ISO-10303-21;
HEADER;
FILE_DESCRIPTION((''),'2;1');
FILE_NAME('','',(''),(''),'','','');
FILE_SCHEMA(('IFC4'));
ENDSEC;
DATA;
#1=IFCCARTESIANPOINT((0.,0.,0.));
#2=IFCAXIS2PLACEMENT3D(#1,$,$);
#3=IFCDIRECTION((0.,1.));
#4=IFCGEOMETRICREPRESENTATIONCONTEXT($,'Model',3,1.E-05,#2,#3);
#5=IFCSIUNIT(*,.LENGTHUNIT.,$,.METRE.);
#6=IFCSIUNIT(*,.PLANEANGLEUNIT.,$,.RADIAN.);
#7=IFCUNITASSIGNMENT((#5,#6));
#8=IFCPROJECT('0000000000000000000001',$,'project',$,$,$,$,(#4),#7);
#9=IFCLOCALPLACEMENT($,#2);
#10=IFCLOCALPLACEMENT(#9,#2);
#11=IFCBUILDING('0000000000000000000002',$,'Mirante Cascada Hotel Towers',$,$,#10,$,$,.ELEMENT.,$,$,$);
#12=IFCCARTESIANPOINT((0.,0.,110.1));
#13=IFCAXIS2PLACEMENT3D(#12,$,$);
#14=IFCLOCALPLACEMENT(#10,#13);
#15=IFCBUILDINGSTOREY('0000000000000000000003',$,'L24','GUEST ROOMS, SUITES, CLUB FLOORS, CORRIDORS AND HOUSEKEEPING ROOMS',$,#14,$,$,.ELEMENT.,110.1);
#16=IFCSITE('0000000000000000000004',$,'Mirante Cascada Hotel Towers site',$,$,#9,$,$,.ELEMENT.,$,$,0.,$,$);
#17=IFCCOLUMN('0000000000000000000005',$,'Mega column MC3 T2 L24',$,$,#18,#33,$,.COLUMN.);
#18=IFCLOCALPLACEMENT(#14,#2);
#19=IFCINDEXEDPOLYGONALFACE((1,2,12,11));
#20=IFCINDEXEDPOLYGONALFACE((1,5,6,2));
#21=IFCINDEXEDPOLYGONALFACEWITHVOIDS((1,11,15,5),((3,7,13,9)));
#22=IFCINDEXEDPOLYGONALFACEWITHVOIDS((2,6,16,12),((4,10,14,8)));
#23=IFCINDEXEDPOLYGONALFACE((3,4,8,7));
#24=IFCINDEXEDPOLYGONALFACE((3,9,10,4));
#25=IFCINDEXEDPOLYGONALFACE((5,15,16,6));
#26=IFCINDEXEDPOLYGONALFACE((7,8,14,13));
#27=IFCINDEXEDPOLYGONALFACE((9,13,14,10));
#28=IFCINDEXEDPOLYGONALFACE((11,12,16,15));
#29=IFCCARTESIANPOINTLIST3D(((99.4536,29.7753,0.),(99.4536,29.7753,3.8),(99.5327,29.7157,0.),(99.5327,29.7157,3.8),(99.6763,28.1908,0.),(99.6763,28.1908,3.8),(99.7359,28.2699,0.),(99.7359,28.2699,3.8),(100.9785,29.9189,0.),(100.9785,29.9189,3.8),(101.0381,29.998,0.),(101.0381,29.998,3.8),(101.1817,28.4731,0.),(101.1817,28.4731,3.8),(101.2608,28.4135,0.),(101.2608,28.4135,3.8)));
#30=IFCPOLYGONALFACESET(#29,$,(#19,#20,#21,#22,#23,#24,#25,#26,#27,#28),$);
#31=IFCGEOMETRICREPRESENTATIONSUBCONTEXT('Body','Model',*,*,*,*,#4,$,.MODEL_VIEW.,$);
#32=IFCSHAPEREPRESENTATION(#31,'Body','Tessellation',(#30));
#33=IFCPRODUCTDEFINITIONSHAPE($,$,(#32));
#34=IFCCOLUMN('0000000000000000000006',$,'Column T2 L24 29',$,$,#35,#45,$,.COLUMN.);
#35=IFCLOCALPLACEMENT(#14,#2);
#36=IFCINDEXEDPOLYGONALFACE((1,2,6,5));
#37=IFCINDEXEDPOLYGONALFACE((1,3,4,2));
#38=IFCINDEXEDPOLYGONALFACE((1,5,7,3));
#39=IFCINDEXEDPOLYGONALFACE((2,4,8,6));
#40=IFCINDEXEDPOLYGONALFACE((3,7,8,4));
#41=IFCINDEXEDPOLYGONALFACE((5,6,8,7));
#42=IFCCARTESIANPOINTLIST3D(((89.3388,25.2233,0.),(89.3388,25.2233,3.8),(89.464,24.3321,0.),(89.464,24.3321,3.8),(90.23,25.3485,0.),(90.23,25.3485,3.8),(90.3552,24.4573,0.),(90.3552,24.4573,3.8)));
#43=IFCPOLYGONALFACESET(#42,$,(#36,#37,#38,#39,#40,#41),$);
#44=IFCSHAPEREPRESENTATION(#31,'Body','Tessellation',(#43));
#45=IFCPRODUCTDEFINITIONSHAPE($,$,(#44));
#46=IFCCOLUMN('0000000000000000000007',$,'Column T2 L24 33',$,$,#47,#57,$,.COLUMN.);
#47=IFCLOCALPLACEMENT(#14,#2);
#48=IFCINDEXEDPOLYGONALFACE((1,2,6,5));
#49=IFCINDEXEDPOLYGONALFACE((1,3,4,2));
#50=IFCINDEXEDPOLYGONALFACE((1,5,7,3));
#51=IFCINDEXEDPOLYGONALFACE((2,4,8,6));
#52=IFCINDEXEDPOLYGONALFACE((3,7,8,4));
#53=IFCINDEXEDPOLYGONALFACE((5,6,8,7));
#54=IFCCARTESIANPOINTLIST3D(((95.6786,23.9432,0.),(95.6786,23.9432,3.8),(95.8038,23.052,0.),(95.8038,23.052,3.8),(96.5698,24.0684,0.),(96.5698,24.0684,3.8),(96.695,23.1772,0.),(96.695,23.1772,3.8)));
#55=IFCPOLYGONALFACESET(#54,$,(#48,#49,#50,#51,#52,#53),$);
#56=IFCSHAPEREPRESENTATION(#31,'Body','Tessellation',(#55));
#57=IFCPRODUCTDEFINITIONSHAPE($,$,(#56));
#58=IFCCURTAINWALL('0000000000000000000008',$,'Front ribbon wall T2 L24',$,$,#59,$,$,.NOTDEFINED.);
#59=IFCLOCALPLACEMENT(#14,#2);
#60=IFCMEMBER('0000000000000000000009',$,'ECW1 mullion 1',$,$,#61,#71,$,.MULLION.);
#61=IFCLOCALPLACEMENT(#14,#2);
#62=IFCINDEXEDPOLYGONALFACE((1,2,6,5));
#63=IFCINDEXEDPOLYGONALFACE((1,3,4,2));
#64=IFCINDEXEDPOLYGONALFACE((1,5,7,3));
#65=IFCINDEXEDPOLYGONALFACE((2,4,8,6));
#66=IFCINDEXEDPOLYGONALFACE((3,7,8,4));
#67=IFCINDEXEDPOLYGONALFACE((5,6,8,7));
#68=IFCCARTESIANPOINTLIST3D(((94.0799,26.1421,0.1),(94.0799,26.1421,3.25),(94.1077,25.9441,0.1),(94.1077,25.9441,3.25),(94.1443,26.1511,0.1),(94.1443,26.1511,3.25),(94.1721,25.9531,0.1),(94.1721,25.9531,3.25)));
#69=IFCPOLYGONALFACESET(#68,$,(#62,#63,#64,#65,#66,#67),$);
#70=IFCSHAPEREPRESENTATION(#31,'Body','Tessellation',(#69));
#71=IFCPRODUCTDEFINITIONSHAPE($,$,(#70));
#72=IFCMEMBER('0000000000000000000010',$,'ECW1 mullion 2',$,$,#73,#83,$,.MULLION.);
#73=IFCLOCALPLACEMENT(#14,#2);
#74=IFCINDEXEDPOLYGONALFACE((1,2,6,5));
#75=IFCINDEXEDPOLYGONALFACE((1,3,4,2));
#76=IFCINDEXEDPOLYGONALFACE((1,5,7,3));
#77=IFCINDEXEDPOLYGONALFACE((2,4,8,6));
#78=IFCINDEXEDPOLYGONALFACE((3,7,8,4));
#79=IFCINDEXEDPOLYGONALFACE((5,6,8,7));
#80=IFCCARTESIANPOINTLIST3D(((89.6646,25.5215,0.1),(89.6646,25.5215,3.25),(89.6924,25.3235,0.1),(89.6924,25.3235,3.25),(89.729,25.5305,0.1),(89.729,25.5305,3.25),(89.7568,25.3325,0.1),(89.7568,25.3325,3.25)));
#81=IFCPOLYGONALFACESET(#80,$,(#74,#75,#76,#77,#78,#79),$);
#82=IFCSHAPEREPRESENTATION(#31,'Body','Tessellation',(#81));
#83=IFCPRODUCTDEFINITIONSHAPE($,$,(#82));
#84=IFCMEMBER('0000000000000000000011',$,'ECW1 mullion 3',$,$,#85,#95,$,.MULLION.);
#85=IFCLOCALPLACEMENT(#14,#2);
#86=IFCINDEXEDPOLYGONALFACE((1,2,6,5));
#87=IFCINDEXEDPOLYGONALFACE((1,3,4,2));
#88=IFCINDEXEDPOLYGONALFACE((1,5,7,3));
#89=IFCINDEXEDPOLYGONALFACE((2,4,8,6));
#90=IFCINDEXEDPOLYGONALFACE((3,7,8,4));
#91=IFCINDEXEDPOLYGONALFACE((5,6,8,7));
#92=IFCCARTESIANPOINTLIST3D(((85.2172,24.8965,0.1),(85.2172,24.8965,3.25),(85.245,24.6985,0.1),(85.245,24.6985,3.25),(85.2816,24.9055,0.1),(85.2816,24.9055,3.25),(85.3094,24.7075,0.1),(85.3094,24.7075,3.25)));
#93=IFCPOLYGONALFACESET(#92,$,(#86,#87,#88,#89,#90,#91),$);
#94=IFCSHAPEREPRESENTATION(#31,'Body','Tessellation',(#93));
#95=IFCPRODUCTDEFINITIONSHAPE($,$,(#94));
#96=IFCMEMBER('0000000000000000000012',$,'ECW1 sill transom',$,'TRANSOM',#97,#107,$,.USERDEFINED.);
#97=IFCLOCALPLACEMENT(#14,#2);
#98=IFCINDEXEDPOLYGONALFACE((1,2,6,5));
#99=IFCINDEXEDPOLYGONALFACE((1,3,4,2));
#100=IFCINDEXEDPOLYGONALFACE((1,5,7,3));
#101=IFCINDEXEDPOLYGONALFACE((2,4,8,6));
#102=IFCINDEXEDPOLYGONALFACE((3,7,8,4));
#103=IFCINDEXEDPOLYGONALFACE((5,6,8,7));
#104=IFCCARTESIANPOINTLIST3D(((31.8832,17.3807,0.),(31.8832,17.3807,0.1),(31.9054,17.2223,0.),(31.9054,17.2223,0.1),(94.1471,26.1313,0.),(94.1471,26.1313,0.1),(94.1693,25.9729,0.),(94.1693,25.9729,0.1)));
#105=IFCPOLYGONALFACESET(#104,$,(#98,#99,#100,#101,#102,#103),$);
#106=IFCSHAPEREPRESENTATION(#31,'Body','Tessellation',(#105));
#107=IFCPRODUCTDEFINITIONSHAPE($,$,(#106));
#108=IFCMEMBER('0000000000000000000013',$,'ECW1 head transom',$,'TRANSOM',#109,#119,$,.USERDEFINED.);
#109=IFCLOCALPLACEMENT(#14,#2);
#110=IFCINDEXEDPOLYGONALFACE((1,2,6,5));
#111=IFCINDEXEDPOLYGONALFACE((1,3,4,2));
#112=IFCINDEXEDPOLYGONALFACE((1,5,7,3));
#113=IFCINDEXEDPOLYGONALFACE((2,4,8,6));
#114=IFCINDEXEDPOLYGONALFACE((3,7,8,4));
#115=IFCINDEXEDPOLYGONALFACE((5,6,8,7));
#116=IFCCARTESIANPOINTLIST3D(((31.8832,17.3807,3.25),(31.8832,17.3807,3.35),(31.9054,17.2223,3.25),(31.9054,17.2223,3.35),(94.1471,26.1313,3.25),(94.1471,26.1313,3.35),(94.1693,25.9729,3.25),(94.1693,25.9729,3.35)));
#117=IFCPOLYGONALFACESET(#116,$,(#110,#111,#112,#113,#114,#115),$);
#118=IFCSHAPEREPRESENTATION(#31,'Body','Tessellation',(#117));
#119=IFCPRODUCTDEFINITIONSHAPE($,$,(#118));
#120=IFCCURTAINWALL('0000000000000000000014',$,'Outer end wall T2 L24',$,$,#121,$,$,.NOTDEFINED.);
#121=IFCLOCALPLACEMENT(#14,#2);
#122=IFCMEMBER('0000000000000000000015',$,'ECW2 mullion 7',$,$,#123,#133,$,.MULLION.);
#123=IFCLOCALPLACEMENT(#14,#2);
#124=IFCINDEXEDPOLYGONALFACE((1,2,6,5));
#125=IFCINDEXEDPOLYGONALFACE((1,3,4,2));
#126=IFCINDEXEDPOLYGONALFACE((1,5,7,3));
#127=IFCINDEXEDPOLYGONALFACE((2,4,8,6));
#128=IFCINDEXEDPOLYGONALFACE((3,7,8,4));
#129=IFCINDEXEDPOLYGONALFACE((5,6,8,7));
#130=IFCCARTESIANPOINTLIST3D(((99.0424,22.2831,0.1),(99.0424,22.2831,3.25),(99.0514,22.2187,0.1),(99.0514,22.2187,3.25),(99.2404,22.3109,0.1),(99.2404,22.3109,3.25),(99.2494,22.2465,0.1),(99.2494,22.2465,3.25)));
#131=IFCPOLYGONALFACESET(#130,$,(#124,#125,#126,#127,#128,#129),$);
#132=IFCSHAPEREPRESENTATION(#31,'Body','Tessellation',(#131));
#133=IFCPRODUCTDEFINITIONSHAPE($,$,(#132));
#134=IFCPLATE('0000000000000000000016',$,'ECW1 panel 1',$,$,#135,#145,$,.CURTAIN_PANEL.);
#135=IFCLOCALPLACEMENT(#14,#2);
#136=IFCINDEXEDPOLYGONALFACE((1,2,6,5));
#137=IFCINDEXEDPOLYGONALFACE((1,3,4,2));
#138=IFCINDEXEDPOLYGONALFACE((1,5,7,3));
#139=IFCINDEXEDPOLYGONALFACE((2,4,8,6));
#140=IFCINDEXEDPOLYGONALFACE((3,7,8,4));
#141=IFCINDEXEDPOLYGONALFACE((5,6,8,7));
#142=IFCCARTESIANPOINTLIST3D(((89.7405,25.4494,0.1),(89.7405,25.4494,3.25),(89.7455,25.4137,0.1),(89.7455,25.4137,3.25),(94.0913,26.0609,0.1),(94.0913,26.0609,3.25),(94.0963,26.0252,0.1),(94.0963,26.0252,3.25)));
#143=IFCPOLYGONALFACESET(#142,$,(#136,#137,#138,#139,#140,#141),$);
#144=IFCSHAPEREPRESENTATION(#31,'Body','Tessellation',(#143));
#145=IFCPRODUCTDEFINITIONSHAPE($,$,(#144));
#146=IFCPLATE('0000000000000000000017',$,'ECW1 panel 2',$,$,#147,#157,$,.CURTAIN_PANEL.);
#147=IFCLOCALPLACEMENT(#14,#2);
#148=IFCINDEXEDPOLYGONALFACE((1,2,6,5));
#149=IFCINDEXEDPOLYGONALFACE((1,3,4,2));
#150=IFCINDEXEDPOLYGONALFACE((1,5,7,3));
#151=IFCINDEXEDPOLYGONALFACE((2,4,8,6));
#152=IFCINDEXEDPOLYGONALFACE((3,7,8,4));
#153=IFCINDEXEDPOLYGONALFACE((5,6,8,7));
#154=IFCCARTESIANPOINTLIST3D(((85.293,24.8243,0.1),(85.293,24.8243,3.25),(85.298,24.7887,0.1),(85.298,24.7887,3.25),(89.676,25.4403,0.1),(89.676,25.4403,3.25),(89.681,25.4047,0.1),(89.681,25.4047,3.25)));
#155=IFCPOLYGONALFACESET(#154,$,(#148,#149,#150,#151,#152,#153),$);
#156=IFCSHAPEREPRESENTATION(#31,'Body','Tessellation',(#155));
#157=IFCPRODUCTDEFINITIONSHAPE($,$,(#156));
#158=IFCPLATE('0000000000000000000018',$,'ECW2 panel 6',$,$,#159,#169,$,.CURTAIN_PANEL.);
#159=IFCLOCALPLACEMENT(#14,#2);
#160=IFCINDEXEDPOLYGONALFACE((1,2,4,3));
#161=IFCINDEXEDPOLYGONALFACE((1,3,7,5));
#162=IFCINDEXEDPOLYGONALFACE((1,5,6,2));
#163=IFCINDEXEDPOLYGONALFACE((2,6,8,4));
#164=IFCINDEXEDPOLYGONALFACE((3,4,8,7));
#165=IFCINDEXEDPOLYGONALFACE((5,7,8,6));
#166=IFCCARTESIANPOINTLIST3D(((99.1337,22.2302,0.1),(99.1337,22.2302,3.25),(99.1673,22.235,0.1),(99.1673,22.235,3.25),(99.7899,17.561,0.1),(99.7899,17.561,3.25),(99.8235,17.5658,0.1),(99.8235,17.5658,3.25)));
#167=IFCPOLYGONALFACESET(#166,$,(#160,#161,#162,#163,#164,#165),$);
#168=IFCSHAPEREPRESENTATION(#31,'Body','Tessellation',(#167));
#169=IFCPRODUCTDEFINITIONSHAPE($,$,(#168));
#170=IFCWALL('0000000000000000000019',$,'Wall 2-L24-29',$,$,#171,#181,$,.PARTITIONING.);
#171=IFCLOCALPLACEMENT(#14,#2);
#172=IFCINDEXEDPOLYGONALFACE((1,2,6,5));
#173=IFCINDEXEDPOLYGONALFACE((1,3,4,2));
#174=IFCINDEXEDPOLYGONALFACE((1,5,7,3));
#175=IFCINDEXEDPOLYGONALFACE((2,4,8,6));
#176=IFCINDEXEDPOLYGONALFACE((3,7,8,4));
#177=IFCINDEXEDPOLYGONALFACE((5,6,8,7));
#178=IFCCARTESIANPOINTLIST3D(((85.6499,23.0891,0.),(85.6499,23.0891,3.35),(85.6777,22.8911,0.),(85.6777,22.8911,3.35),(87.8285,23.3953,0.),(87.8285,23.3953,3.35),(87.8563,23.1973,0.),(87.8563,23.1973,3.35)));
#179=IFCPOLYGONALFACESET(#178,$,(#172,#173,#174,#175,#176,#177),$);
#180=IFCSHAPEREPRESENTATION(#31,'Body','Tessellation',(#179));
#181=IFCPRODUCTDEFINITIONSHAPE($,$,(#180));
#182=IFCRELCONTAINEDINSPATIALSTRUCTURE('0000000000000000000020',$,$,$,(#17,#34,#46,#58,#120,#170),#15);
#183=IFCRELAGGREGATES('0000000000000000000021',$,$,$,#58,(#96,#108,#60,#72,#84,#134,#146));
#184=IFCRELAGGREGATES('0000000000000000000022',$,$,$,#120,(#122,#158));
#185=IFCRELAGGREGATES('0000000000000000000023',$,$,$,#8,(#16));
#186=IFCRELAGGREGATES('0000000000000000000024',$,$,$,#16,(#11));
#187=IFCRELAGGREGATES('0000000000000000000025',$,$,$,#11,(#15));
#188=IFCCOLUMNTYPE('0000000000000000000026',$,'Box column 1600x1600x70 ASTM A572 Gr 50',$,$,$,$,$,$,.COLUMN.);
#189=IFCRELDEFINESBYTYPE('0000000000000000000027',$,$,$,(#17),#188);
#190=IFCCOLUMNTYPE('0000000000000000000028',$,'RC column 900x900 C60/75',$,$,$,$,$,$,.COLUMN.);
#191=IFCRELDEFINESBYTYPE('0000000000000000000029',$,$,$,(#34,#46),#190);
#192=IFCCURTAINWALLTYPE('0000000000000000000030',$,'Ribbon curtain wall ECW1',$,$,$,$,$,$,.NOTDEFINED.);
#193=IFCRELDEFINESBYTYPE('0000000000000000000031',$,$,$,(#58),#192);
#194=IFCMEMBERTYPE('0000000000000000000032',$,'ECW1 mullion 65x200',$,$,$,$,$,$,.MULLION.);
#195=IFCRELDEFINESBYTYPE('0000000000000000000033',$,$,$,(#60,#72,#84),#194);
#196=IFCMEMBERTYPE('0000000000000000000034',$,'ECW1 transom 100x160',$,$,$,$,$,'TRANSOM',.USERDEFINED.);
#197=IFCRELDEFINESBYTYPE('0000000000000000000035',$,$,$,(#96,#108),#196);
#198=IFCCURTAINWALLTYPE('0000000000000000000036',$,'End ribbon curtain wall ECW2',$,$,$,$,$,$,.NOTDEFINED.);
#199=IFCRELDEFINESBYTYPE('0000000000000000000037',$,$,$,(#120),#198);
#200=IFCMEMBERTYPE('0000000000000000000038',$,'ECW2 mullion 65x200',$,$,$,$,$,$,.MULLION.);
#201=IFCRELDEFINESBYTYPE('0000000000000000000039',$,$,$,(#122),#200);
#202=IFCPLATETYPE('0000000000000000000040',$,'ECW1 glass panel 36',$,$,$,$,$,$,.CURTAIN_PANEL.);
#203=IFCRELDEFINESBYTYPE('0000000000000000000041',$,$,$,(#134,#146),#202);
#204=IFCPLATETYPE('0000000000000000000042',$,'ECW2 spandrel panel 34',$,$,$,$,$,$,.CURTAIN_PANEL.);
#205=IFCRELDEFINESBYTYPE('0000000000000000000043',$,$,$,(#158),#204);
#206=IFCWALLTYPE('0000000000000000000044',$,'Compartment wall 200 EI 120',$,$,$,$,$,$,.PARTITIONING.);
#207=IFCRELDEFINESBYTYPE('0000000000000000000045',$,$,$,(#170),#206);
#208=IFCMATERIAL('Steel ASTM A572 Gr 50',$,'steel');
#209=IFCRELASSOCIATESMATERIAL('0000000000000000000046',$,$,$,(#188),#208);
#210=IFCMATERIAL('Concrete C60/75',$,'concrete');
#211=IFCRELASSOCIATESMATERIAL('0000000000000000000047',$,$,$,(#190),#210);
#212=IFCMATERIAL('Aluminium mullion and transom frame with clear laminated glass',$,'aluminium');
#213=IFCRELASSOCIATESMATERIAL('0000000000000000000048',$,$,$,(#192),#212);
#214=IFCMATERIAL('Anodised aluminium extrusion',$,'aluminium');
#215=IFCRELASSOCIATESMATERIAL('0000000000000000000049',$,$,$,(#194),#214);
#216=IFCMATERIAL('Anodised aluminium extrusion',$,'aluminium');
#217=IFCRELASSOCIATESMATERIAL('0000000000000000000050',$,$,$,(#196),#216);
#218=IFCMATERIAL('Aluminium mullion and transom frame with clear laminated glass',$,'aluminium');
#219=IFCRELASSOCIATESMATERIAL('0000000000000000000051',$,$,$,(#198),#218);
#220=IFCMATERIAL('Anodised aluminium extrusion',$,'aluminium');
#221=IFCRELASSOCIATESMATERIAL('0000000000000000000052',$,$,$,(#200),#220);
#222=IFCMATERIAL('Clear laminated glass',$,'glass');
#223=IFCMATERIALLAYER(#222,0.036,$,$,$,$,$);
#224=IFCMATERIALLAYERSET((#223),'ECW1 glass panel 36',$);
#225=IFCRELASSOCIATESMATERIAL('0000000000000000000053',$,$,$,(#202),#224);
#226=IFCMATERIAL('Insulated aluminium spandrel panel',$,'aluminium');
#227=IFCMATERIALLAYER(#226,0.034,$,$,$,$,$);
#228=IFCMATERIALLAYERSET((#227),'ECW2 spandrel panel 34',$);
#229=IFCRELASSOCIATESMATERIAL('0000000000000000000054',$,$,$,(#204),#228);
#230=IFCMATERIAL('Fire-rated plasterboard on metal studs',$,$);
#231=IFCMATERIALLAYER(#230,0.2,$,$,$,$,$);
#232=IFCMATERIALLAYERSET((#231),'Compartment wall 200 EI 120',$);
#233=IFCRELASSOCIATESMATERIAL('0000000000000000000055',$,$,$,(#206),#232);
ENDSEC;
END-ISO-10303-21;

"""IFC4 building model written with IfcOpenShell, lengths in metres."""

from ifc_helpers import new_model, si_unit, direction, frame, frame_2d, origin, origin_2d, place, context, subcontext, project, spatial, rectangle, hollow_rectangle, extrude, material, layer, layer_set, material_profile, profile_set, type_object, element, aggregate, save


model = new_model("IFC4")

# Units and contexts
model_context = context("Model", 3, precision=1e-05, world=origin(), true_north=direction((0.0, 1.0)))
body_context = subcontext(model_context, "Body", "Model", "MODEL_VIEW")
ifc_project = project(units=[si_unit("LENGTHUNIT", "METRE"), si_unit("PLANEANGLEUNIT", "RADIAN")], contexts=[model_context])

# Site, building, storey
site_placement = place(None, origin())
site = spatial("IfcSite", under=ifc_project, at=site_placement, Name="Mirante Cascada Hotel Towers site", CompositionType="ELEMENT", RefElevation=0.0)
building_placement = place(site_placement, origin())
building = spatial("IfcBuilding", under=site, at=building_placement, Name="Mirante Cascada Hotel Towers", CompositionType="ELEMENT")
storey_placement = place(building_placement, frame((0.0, 0.0, 110.1)))
storey = spatial("IfcBuildingStorey", under=building, at=storey_placement, Name="L24", Description="GUEST ROOMS, SUITES, CLUB FLOORS, CORRIDORS AND HOUSEKEEPING ROOMS", CompositionType="ELEMENT", Elevation=110.1)

# Columns
ifc_material_1 = material(Name="Steel ASTM A572 Gr 50", Category="steel")
ifc_material_profile_1 = material_profile(ifc_material_1, hollow_rectangle(XDim=1.6, YDim=1.6, WallThickness=0.07, at=origin_2d()), Name="Box column 1600x1600x70 ASTM A572 Gr 50")
ifc_profile_set_1 = profile_set([ifc_material_profile_1], Name="Steel ASTM A572 Gr 50")
column_type_1 = type_object("IfcColumnType", Name="Box column 1600x1600x70 ASTM A572 Gr 50", PredefinedType="COLUMN", material=ifc_profile_set_1)
column_placement = place(storey_placement, frame((100.3572, 29.0944, 0.0), z_axis=(0.0, 0.0, 1.0), x_axis=(0.990268, 0.139173, 0.0)))
element("IfcColumn", 1, at=column_placement, inside=storey, type_object=column_type_1, Name="Mega column MC3 T2 L24", PredefinedType="COLUMN", context=body_context, shape_type="SweptSolid", body=[
    extrude(hollow_rectangle(XDim=1.6, YDim=1.6, WallThickness=0.07, at=origin_2d()), origin(), (0.0, 0.0, 1.0), 3.8),
])
ifc_material_2 = material(Name="Concrete C60/75", Category="concrete")
ifc_material_profile_2 = material_profile(ifc_material_2, rectangle(XDim=0.9, YDim=0.9, at=origin_2d()), Name="RC column 900x900 C60/75")
ifc_profile_set_2 = profile_set([ifc_material_profile_2], Name="Concrete C60/75")
column_type_2 = type_object("IfcColumnType", Name="RC column 900x900 C60/75", PredefinedType="COLUMN", material=ifc_profile_set_2)
for number, where, z_axis, x_axis, name in (
    (2, (89.847, 24.8403, 0.0), (0.0, 0.0, 1.0), (0.990268, 0.139173, 0.0), "Column T2 L24 29"),
    (3, (96.1868, 23.5602, 0.0), (0.0, 0.0, 1.0), (0.990268, 0.139173, 0.0), "Column T2 L24 33"),
):
    element("IfcColumn", number, at=place(storey_placement, frame(where, z_axis=z_axis, x_axis=x_axis)), inside=storey, type_object=column_type_2, Name=name, PredefinedType="COLUMN", context=body_context, shape_type="SweptSolid", body=[
        extrude(rectangle(XDim=0.9, YDim=0.9, at=origin_2d()), origin(), (0.0, 0.0, 1.0), 3.8),
    ])

# Curtain wall, members
ifc_material_3 = material(Name="Aluminium mullion and transom frame with clear laminated glass", Category="aluminium")
curtain_wall_type_1 = type_object("IfcCurtainWallType", Name="Ribbon curtain wall ECW1", PredefinedType="NOTDEFINED", material=ifc_material_3)
curtain_wall_1_placement = place(storey_placement, origin())
curtain_wall_1 = element("IfcCurtainWall", 4, at=curtain_wall_1_placement, inside=storey, type_object=curtain_wall_type_1, Name="Front ribbon wall T2 L24", PredefinedType="NOTDEFINED")
ifc_material_4 = material(Name="Anodised aluminium extrusion", Category="aluminium")
ifc_material_profile_3 = material_profile(ifc_material_4, rectangle(XDim=0.2, YDim=0.065, at=origin_2d()), Name="ECW1 MULLION 65x200")
ifc_profile_set_3 = profile_set([ifc_material_profile_3], Name="Anodised aluminium extrusion")
member_type_1 = type_object("IfcMemberType", Name="ECW1 mullion 65x200", PredefinedType="MULLION", material=ifc_profile_set_3)
member_1_placement = place(storey_placement, frame((94.126, 26.0476, 0.1), z_axis=(0.0, 0.0, 1.0), x_axis=(0.139173, -0.990268, 0.0)))
member_1 = element("IfcMember", 5, at=member_1_placement, type_object=member_type_1, Name="ECW1 mullion 1", PredefinedType="MULLION", context=body_context, shape_type="SweptSolid", body=[
    extrude(rectangle(XDim=0.2, YDim=0.065, at=origin_2d()), origin(), (0.0, 0.0, 1.0), 3.15),
])
member_2_placement = place(storey_placement, frame((89.7107, 25.427, 0.1), z_axis=(0.0, 0.0, 1.0), x_axis=(0.139173, -0.990268, 0.0)))
member_2 = element("IfcMember", 6, at=member_2_placement, type_object=member_type_1, Name="ECW1 mullion 2", PredefinedType="MULLION", context=body_context, shape_type="SweptSolid", body=[
    extrude(rectangle(XDim=0.2, YDim=0.065, at=origin_2d()), origin(), (0.0, 0.0, 1.0), 3.15),
])
member_3_placement = place(storey_placement, frame((85.2633, 24.802, 0.1), z_axis=(0.0, 0.0, 1.0), x_axis=(0.139173, -0.990268, 0.0)))
member_3 = element("IfcMember", 7, at=member_3_placement, type_object=member_type_1, Name="ECW1 mullion 3", PredefinedType="MULLION", context=body_context, shape_type="SweptSolid", body=[
    extrude(rectangle(XDim=0.2, YDim=0.065, at=origin_2d()), origin(), (0.0, 0.0, 1.0), 3.15),
])
ifc_material_5 = material(Name="Anodised aluminium extrusion", Category="aluminium")
ifc_material_profile_4 = material_profile(ifc_material_5, rectangle(XDim=0.16, YDim=0.1, at=origin_2d()), Name="ECW1 TRANSOM 100x160")
ifc_profile_set_4 = profile_set([ifc_material_profile_4], Name="Anodised aluminium extrusion")
member_type_2 = type_object("IfcMemberType", Name="ECW1 transom 100x160", ElementType="TRANSOM", PredefinedType="USERDEFINED", material=ifc_profile_set_4)
member_4_placement = place(storey_placement, frame((94.1582, 26.0521, 0.05), z_axis=(-0.990268, -0.139173, 0.0), x_axis=(0.139173, -0.990268, 0.0)))
member_4 = element("IfcMember", 8, at=member_4_placement, type_object=member_type_2, Name="ECW1 sill transom", ObjectType="TRANSOM", PredefinedType="USERDEFINED", context=body_context, shape_type="SweptSolid", body=[
    extrude(rectangle(XDim=0.16, YDim=0.1, at=origin_2d()), origin(), (0.0, 0.0, 1.0), 62.8758),
])
member_5_placement = place(storey_placement, frame((94.1582, 26.0521, 3.3), z_axis=(-0.990268, -0.139173, 0.0), x_axis=(0.139173, -0.990268, 0.0)))
member_5 = element("IfcMember", 9, at=member_5_placement, type_object=member_type_2, Name="ECW1 head transom", ObjectType="TRANSOM", PredefinedType="USERDEFINED", context=body_context, shape_type="SweptSolid", body=[
    extrude(rectangle(XDim=0.16, YDim=0.1, at=origin_2d()), origin(), (0.0, 0.0, 1.0), 62.8758),
])

# Curtain wall, member
ifc_material_6 = material(Name="Aluminium mullion and transom frame with clear laminated glass", Category="aluminium")
curtain_wall_type_2 = type_object("IfcCurtainWallType", Name="End ribbon curtain wall ECW2", PredefinedType="NOTDEFINED", material=ifc_material_6)
curtain_wall_2_placement = place(storey_placement, origin())
curtain_wall_2 = element("IfcCurtainWall", 10, at=curtain_wall_2_placement, inside=storey, type_object=curtain_wall_type_2, Name="Outer end wall T2 L24", PredefinedType="NOTDEFINED")
ifc_material_7 = material(Name="Anodised aluminium extrusion", Category="aluminium")
ifc_material_profile_5 = material_profile(ifc_material_7, rectangle(XDim=0.2, YDim=0.065, at=origin_2d()), Name="ECW2 MULLION 65x200")
ifc_profile_set_5 = profile_set([ifc_material_profile_5], Name="Anodised aluminium extrusion")
member_type_3 = type_object("IfcMemberType", Name="ECW2 mullion 65x200", PredefinedType="MULLION", material=ifc_profile_set_5)
member_6_placement = place(storey_placement, frame((99.1459, 22.2648, 0.1), z_axis=(0.0, 0.0, 1.0), x_axis=(-0.990268, -0.139173, 0.0)))
member_6 = element("IfcMember", 11, at=member_6_placement, type_object=member_type_3, Name="ECW2 mullion 7", PredefinedType="MULLION", context=body_context, shape_type="SweptSolid", body=[
    extrude(rectangle(XDim=0.2, YDim=0.065, at=origin_2d()), origin(), (0.0, 0.0, 1.0), 3.15),
])

# Plates
ifc_material_8 = material(Name="Clear laminated glass", Category="glass")
ifc_layer_1 = layer(ifc_material_8, 0.036)
ifc_layer_set_1 = layer_set([ifc_layer_1], Name="ECW1 glass panel 36")
plate_type_1 = type_object("IfcPlateType", Name="ECW1 glass panel 36", PredefinedType="CURTAIN_PANEL", material=ifc_layer_set_1)
plate_1_placement = place(storey_placement, frame((91.9184, 25.7373, 0.1), z_axis=(0.0, 0.0, 1.0), x_axis=(-0.990268, -0.139173, 0.0)))
plate_1 = element("IfcPlate", 12, at=plate_1_placement, type_object=plate_type_1, Name="ECW1 panel 1", PredefinedType="CURTAIN_PANEL", context=body_context, shape_type="SweptSolid", body=[
    extrude(rectangle(XDim=4.3936, YDim=0.036, at=origin_2d()), origin(), (0.0, 0.0, 1.0), 3.15),
])
plate_2_placement = place(storey_placement, frame((87.487, 25.1145, 0.1), z_axis=(0.0, 0.0, 1.0), x_axis=(-0.990268, -0.139173, 0.0)))
plate_2 = element("IfcPlate", 13, at=plate_2_placement, type_object=plate_type_1, Name="ECW1 panel 2", PredefinedType="CURTAIN_PANEL", context=body_context, shape_type="SweptSolid", body=[
    extrude(rectangle(XDim=4.4261, YDim=0.036, at=origin_2d()), origin(), (0.0, 0.0, 1.0), 3.15),
])
aggregate(curtain_wall_1, [member_4, member_5, member_1, member_2, member_3, plate_1, plate_2])
ifc_material_9 = material(Name="Insulated aluminium spandrel panel", Category="aluminium")
ifc_layer_2 = layer(ifc_material_9, 0.034)
ifc_layer_set_2 = layer_set([ifc_layer_2], Name="ECW2 spandrel panel 34")
plate_type_2 = type_object("IfcPlateType", Name="ECW2 spandrel panel 34", PredefinedType="CURTAIN_PANEL", material=ifc_layer_set_2)
plate_3_placement = place(storey_placement, frame((99.4786, 19.898, 0.1), z_axis=(0.0, 0.0, 1.0), x_axis=(-0.139173, 0.990268, 0.0)))
plate_3 = element("IfcPlate", 14, at=plate_3_placement, type_object=plate_type_2, Name="ECW2 panel 6", PredefinedType="CURTAIN_PANEL", context=body_context, shape_type="SweptSolid", body=[
    extrude(rectangle(XDim=4.7151, YDim=0.034, at=origin_2d()), origin(), (0.0, 0.0, 1.0), 3.15),
])
aggregate(curtain_wall_2, [member_6, plate_3])

# Wall
ifc_material_10 = material(Name="Fire-rated plasterboard on metal studs")
ifc_layer_3 = layer(ifc_material_10, 0.2)
ifc_layer_set_3 = layer_set([ifc_layer_3], Name="Compartment wall 200 EI 120")
wall_type_1 = type_object("IfcWallType", Name="Compartment wall 200 EI 120", PredefinedType="PARTITIONING", material=ifc_layer_set_3)
wall_1_placement = place(storey_placement, frame((85.6638, 22.9901, 0.0), z_axis=(0.0, 0.0, 1.0), x_axis=(0.990267, 0.139181, 0.0)))
element("IfcWall", 15, at=wall_1_placement, inside=storey, type_object=wall_type_1, Name="Wall 2-L24-29", PredefinedType="PARTITIONING", context=body_context, shape_type="SweptSolid", body=[
    extrude(rectangle(XDim=2.2, YDim=0.2, at=frame_2d((1.1, 0.0))), origin(), (0.0, 0.0, 1.0), 3.35),
])

save(model, "model.ifc")
